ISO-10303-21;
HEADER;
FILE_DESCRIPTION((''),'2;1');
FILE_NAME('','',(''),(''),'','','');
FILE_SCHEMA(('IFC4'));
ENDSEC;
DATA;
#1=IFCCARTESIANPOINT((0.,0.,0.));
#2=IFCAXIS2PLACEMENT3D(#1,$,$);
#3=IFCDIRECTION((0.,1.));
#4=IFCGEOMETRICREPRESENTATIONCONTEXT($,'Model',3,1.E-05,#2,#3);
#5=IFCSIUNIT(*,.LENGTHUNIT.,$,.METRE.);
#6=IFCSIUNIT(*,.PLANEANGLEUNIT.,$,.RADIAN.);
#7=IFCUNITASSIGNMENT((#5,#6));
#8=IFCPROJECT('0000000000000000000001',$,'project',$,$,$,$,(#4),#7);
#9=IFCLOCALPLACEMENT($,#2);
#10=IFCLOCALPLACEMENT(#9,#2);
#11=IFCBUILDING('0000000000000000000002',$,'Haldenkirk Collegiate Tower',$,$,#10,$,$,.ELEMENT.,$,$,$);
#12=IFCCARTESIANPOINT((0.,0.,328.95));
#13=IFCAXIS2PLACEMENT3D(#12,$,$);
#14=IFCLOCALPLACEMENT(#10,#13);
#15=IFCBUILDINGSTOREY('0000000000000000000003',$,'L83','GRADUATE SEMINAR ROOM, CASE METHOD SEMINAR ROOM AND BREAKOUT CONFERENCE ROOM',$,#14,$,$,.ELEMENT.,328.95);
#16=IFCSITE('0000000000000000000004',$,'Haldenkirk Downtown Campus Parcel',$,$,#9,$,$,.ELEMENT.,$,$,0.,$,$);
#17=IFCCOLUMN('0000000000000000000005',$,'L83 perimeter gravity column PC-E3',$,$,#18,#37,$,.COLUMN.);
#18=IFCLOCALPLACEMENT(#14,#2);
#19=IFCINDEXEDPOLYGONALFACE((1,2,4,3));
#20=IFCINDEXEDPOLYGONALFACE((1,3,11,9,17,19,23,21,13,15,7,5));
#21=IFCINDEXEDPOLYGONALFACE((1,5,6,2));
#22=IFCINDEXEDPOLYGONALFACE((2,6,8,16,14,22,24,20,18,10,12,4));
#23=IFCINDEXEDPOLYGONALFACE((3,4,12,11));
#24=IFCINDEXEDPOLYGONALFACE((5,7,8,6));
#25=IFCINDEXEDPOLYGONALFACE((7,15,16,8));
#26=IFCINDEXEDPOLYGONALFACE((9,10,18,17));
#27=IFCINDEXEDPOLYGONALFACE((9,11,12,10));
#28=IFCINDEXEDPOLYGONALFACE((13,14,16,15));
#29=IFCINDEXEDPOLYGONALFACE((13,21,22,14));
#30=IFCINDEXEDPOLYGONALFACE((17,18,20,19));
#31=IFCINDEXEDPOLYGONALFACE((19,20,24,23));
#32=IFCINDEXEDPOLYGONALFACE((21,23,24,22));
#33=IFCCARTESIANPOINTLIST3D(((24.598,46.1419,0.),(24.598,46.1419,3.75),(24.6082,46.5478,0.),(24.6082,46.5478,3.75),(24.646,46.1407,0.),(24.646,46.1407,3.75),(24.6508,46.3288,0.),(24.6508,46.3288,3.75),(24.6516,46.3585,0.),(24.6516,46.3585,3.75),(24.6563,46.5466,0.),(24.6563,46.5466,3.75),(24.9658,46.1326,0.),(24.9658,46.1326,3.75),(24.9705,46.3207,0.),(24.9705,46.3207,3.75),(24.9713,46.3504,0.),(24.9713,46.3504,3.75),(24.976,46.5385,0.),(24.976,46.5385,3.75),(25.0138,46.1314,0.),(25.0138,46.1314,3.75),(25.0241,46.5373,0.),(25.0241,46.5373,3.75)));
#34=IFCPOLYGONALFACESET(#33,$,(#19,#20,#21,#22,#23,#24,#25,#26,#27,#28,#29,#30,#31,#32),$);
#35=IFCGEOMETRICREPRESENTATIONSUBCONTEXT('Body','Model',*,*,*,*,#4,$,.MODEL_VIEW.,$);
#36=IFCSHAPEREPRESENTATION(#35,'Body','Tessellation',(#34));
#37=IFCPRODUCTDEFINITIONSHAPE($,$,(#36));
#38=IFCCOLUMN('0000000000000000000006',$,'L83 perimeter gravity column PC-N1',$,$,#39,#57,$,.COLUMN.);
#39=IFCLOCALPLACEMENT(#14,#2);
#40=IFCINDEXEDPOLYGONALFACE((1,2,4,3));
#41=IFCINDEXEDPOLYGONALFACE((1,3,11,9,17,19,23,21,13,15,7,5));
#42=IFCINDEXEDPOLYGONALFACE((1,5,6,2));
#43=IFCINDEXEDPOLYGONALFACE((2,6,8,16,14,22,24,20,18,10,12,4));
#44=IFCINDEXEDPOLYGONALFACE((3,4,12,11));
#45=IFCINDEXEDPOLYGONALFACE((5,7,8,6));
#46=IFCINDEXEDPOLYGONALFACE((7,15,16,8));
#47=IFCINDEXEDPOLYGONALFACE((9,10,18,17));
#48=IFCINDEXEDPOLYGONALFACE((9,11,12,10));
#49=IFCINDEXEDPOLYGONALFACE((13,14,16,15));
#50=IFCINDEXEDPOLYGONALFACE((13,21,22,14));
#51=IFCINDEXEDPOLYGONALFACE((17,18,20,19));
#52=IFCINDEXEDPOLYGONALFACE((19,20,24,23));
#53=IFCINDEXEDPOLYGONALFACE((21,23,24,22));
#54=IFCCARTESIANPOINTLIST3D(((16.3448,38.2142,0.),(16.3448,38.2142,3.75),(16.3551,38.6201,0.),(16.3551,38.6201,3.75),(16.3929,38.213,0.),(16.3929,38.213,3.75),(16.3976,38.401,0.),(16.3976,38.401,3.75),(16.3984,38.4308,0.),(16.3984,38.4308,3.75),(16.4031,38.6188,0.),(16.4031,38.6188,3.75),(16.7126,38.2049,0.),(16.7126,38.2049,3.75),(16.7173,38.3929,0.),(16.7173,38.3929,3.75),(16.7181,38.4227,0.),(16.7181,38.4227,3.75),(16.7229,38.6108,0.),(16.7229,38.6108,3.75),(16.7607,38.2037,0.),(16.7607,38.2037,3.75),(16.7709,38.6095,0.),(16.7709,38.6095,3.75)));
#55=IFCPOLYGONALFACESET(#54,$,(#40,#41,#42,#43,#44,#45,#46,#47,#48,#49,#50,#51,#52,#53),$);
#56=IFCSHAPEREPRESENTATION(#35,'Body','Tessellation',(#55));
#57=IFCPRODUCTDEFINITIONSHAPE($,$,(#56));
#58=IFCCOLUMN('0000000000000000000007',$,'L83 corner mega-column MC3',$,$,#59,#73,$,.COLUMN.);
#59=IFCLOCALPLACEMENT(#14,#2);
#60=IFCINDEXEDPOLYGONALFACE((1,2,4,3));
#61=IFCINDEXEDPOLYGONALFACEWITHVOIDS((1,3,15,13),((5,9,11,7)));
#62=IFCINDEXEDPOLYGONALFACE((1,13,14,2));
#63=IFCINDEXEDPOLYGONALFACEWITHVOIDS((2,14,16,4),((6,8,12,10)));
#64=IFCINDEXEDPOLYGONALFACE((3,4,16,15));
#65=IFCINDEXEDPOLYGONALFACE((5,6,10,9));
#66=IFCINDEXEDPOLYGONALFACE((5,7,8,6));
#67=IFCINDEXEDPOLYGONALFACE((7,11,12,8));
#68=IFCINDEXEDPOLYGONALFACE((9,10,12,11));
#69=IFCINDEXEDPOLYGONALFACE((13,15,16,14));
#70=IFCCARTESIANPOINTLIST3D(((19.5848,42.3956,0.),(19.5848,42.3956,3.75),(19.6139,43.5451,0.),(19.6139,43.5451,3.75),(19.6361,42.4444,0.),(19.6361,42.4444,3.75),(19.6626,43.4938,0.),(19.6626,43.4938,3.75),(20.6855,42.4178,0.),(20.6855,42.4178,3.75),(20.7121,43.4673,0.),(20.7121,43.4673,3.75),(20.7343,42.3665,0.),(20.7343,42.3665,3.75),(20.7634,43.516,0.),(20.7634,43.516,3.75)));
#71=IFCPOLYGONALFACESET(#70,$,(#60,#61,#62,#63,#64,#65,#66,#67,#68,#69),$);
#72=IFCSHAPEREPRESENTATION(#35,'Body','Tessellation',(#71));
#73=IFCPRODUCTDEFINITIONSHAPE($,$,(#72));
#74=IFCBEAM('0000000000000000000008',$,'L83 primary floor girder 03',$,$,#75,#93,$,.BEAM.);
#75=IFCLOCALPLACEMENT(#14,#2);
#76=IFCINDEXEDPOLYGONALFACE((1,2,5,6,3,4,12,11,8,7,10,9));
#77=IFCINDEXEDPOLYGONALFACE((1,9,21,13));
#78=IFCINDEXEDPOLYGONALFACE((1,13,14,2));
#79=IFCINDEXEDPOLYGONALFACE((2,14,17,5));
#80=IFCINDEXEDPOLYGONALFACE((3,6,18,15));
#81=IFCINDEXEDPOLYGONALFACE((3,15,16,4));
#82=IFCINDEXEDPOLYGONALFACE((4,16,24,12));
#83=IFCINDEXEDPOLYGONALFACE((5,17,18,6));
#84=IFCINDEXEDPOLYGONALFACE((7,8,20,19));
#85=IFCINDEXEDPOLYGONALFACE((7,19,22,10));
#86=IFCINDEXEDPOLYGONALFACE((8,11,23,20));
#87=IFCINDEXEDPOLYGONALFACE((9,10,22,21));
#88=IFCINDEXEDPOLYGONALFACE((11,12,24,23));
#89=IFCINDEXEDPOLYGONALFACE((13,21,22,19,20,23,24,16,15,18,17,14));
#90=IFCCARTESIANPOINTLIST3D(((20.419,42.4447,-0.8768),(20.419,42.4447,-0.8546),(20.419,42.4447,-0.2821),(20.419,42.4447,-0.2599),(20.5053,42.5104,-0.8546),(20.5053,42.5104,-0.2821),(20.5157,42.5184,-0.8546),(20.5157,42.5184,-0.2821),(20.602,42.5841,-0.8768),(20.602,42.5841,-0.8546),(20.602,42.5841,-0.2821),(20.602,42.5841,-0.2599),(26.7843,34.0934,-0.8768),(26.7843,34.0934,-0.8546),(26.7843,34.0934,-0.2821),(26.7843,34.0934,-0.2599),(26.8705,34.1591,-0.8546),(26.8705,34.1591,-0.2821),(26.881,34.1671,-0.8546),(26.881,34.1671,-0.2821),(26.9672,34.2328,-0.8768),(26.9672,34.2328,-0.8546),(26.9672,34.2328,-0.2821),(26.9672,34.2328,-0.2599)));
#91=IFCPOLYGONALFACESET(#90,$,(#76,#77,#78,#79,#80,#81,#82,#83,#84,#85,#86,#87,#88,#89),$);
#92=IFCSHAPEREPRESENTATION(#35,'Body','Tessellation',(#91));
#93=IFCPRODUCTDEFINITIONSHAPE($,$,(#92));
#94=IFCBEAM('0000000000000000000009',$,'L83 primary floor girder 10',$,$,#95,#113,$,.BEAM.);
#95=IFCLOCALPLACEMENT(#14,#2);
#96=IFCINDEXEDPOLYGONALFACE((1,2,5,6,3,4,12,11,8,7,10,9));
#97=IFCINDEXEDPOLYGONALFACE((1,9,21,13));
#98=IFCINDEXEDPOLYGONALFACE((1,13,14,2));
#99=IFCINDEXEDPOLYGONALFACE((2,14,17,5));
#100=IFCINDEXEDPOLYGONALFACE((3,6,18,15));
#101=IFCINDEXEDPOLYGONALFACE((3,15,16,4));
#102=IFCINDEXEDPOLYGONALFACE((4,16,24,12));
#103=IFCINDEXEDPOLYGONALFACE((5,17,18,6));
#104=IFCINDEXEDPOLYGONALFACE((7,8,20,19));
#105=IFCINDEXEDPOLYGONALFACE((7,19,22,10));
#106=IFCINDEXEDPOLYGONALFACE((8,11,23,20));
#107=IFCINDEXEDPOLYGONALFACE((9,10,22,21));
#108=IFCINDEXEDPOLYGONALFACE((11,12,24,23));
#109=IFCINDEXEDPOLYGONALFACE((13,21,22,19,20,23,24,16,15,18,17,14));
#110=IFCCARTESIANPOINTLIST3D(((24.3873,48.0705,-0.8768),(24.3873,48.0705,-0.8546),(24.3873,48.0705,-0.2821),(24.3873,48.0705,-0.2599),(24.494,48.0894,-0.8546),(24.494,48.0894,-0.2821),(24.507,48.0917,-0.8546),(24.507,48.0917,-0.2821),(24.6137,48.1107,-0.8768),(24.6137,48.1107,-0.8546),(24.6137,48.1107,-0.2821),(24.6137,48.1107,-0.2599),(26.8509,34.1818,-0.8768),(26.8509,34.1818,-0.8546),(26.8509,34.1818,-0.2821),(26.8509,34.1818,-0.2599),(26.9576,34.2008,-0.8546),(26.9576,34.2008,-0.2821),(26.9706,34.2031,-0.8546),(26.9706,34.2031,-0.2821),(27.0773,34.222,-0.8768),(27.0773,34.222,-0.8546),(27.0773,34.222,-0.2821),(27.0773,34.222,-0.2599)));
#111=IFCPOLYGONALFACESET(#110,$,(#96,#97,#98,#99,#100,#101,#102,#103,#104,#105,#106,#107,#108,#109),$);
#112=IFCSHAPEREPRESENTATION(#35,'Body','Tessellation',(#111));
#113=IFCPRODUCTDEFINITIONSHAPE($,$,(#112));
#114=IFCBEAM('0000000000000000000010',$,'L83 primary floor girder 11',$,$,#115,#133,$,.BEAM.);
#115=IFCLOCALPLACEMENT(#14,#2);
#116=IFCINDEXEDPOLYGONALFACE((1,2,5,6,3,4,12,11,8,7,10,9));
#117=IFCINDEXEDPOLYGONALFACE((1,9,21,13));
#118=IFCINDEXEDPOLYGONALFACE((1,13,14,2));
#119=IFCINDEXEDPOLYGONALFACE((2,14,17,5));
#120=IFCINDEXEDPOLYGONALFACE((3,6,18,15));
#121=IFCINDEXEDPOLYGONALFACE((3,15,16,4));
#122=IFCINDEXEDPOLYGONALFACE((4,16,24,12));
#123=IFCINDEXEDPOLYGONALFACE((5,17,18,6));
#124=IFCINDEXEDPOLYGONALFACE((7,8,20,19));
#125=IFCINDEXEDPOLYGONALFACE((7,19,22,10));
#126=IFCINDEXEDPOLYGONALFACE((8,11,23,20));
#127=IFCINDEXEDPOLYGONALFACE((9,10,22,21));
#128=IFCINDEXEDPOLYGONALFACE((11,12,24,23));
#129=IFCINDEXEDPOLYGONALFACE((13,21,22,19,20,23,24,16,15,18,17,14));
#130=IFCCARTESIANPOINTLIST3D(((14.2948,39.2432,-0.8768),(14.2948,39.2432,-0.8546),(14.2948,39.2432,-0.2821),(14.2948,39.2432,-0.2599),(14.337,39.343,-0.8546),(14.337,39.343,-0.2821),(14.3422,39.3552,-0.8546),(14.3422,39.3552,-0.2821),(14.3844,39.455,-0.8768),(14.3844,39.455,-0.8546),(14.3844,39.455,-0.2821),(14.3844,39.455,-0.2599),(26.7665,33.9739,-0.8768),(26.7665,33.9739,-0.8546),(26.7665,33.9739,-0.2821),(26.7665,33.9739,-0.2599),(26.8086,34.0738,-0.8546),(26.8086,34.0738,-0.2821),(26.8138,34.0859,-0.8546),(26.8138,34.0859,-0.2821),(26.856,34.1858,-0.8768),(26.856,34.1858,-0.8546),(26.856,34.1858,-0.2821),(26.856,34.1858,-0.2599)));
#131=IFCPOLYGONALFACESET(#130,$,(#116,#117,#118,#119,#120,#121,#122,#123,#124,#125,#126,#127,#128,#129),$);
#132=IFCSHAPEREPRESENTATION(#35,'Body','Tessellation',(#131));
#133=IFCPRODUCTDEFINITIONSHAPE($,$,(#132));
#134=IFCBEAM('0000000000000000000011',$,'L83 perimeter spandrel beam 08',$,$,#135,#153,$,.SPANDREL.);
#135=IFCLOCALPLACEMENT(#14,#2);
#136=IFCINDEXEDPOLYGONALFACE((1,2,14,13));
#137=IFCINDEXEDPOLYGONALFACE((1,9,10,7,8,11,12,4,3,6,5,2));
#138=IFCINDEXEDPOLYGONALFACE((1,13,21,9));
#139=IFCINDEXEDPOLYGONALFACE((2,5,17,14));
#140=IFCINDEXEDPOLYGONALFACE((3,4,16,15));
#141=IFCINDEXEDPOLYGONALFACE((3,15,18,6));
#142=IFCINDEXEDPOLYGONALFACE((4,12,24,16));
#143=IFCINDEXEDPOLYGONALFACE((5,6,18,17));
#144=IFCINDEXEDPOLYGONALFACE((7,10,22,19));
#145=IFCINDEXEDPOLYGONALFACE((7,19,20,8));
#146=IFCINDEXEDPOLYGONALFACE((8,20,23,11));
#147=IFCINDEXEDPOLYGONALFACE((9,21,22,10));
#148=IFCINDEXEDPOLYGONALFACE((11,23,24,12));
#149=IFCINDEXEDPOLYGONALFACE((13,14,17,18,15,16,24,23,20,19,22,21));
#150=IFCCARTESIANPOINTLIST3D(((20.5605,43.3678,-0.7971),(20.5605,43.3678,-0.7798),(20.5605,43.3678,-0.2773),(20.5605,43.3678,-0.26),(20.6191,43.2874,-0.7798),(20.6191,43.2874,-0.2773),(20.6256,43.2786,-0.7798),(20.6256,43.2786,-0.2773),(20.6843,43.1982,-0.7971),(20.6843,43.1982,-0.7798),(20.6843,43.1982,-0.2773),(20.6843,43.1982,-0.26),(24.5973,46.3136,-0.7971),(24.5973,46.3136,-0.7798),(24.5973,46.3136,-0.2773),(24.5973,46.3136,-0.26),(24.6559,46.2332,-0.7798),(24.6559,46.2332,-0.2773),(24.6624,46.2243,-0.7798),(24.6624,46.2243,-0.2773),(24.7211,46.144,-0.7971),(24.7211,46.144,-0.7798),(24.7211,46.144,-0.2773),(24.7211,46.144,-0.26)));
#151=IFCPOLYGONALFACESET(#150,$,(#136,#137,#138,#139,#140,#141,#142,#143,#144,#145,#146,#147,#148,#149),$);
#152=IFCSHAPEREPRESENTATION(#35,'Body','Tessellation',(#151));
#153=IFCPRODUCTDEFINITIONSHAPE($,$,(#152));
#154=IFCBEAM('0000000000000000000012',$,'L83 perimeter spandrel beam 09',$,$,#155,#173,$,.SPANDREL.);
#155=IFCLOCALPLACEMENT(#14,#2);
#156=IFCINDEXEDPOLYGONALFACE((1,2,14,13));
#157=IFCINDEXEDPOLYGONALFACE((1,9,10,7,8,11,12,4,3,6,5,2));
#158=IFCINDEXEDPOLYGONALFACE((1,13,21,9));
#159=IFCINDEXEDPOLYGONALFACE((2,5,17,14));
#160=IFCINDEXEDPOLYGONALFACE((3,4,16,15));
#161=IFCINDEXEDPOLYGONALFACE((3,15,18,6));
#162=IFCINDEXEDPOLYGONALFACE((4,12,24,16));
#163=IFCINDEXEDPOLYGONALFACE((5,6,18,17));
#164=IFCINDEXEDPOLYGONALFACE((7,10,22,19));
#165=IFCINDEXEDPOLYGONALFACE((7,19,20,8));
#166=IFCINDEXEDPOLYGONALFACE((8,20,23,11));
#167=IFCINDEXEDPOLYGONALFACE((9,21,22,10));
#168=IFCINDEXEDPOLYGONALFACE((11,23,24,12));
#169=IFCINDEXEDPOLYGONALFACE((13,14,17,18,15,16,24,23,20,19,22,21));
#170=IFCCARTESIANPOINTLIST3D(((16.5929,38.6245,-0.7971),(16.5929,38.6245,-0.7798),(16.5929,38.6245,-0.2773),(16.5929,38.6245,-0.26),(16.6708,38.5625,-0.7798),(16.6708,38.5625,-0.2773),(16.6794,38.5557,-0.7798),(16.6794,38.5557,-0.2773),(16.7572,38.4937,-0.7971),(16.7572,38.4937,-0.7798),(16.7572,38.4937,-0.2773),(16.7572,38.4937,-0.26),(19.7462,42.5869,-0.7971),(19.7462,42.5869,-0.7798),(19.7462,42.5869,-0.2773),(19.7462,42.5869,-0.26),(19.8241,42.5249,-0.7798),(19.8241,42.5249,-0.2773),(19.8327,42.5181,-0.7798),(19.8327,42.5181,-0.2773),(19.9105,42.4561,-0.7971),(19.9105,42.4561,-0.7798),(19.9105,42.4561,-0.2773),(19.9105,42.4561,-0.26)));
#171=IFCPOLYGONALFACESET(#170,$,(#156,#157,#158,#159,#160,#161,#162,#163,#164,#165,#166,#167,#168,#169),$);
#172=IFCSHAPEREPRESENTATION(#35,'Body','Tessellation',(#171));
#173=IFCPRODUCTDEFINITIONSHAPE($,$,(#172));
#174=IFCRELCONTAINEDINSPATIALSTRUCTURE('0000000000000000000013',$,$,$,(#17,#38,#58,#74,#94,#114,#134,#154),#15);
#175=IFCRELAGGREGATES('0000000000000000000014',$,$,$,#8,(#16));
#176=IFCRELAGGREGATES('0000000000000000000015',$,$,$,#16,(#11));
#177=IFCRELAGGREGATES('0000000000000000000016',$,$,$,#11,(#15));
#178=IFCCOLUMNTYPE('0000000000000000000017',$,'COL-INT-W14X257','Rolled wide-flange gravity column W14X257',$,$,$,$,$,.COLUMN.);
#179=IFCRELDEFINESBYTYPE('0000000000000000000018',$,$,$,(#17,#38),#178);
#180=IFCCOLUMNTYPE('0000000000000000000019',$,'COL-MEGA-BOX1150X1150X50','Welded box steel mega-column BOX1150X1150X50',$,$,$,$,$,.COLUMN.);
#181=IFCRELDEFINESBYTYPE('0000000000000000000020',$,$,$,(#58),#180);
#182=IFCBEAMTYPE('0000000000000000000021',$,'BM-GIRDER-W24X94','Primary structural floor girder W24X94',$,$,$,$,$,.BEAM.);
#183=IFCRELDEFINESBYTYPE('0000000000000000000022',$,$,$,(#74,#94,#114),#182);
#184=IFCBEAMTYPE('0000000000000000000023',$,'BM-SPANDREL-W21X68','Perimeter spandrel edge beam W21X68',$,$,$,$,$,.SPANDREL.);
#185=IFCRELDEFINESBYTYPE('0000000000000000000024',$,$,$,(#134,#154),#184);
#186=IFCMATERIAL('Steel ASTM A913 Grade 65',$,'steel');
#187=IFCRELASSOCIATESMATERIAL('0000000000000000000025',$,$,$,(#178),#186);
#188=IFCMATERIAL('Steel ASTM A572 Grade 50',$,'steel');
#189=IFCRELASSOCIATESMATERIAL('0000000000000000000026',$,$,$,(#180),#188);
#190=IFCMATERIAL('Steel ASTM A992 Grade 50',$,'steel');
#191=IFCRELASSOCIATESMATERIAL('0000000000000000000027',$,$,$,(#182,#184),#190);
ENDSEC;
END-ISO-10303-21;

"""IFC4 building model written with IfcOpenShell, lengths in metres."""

from ifc_helpers import new_model, si_unit, direction, frame, origin, origin_2d, place, context, subcontext, project, spatial, hollow_rectangle, i_section, extrude, material, material_profile, profile_set, type_object, element, save


model = new_model("IFC4")

# Units and contexts
model_context = context("Model", 3, precision=1e-05, world=origin(), true_north=direction((0.0, 1.0)))
body_context = subcontext(model_context, "Body", "Model", "MODEL_VIEW")
ifc_project = project(units=[si_unit("LENGTHUNIT", "METRE"), si_unit("PLANEANGLEUNIT", "RADIAN")], contexts=[model_context])

# Site, building, storey
site_placement = place(None, origin())
site = spatial("IfcSite", under=ifc_project, at=site_placement, Name="Haldenkirk Downtown Campus Parcel", CompositionType="ELEMENT", RefElevation=0.0)
building_placement = place(site_placement, origin())
building = spatial("IfcBuilding", under=site, at=building_placement, Name="Haldenkirk Collegiate Tower", CompositionType="ELEMENT")
storey_placement = place(building_placement, frame((0.0, 0.0, 328.95)))
storey = spatial("IfcBuildingStorey", under=building, at=storey_placement, Name="L83", Description="GRADUATE SEMINAR ROOM, CASE METHOD SEMINAR ROOM AND BREAKOUT CONFERENCE ROOM", CompositionType="ELEMENT", Elevation=328.95)

# Columns
ifc_material_1 = material(Name="Steel ASTM A913 Grade 65", Category="steel")
ifc_material_profile_1 = material_profile(ifc_material_1, i_section(OverallWidth=0.406, OverallDepth=0.416, WebThickness=0.0298, FlangeThickness=0.0481, at=origin_2d()), Name="W14X257")
ifc_profile_set_1 = profile_set([ifc_material_profile_1], Name="Steel ASTM A913 Grade 65")
column_type_1 = type_object("IfcColumnType", Name="COL-INT-W14X257", Description="Rolled wide-flange gravity column W14X257", PredefinedType="COLUMN", material=ifc_profile_set_1)
for number, where, z_axis, x_axis, name in (
    (1, (24.811, 46.3396, 0.0), (0.0, 0.0, 1.0), (0.025305, 0.99968, 0.0), "L83 perimeter gravity column PC-E3"),
    (2, (16.5579, 38.4119, 0.0), (0.0, 0.0, 1.0), (0.025305, 0.99968, 0.0), "L83 perimeter gravity column PC-N1"),
):
    element("IfcColumn", number, at=place(storey_placement, frame(where, z_axis=z_axis, x_axis=x_axis)), inside=storey, type_object=column_type_1, Name=name, PredefinedType="COLUMN", context=body_context, shape_type="SweptSolid", body=[
        extrude(i_section(OverallWidth=0.406, OverallDepth=0.416, WebThickness=0.0298, FlangeThickness=0.0481, at=origin_2d()), origin(), (0.0, 0.0, 1.0), 3.75),
    ])
ifc_material_2 = material(Name="Steel ASTM A572 Grade 50", Category="steel")
ifc_material_profile_2 = material_profile(ifc_material_2, hollow_rectangle(XDim=1.1499, YDim=1.1499, WallThickness=0.05, at=origin_2d()), Name="BOX1150X1150X50")
ifc_profile_set_2 = profile_set([ifc_material_profile_2], Name="Steel ASTM A572 Grade 50")
column_type_2 = type_object("IfcColumnType", Name="COL-MEGA-BOX1150X1150X50", Description="Welded box steel mega-column BOX1150X1150X50", PredefinedType="COLUMN", material=ifc_profile_set_2)
column_placement = place(storey_placement, frame((20.1741, 42.9558, 0.0), z_axis=(0.0, 0.0, 1.0), x_axis=(0.025305, 0.99968, 0.0)))
element("IfcColumn", 3, at=column_placement, inside=storey, type_object=column_type_2, Name="L83 corner mega-column MC3", PredefinedType="COLUMN", context=body_context, shape_type="SweptSolid", body=[
    extrude(hollow_rectangle(XDim=1.1499, YDim=1.1499, WallThickness=0.05, at=origin_2d()), origin(), (0.0, 0.0, 1.0), 3.75),
])

# Beams
ifc_material_3 = material(Name="Steel ASTM A992 Grade 50", Category="steel")
ifc_material_profile_3 = material_profile(ifc_material_3, i_section(OverallWidth=0.23, OverallDepth=0.6169, WebThickness=0.0132, FlangeThickness=0.0222, at=origin_2d()), Name="W24X94")
ifc_profile_set_3 = profile_set([ifc_material_profile_3], Name="Steel ASTM A992 Grade 50")
beam_type_1 = type_object("IfcBeamType", Name="BM-GIRDER-W24X94", Description="Primary structural floor girder W24X94", PredefinedType="BEAM", material=ifc_profile_set_3)
beam_1_placement = place(storey_placement, frame((20.5105, 42.5144, -0.5684), z_axis=(0.606183, -0.795325, 0.0), x_axis=(0.795325, 0.606183, 0.0)))
element("IfcBeam", 4, at=beam_1_placement, inside=storey, type_object=beam_type_1, Name="L83 primary floor girder 03", PredefinedType="BEAM", context=body_context, shape_type="SweptSolid", body=[
    extrude(i_section(OverallWidth=0.23, OverallDepth=0.6169, WebThickness=0.0132, FlangeThickness=0.0222, at=origin_2d()), origin(), (0.0, 0.0, 1.0), 10.5005),
])
beam_2_placement = place(storey_placement, frame((24.5005, 48.0906, -0.5684), z_axis=(0.174657, -0.984629, 0.0), x_axis=(0.984629, 0.174657, 0.0)))
element("IfcBeam", 5, at=beam_2_placement, inside=storey, type_object=beam_type_1, Name="L83 primary floor girder 10", PredefinedType="BEAM", context=body_context, shape_type="SweptSolid", body=[
    extrude(i_section(OverallWidth=0.23, OverallDepth=0.6169, WebThickness=0.0132, FlangeThickness=0.0222, at=origin_2d()), origin(), (0.0, 0.0, 1.0), 14.1055),
])
beam_3_placement = place(storey_placement, frame((14.3396, 39.3491, -0.5684), z_axis=(0.921158, -0.389189, 0.0), x_axis=(0.389189, 0.921158, 0.0)))
element("IfcBeam", 6, at=beam_3_placement, inside=storey, type_object=beam_type_1, Name="L83 primary floor girder 11", PredefinedType="BEAM", context=body_context, shape_type="SweptSolid", body=[
    extrude(i_section(OverallWidth=0.23, OverallDepth=0.6169, WebThickness=0.0132, FlangeThickness=0.0222, at=origin_2d()), origin(), (0.0, 0.0, 1.0), 13.5391),
])
ifc_material_profile_4 = material_profile(ifc_material_3, i_section(OverallWidth=0.21, OverallDepth=0.5371, WebThickness=0.011, FlangeThickness=0.0173, at=origin_2d()), Name="W21X68")
ifc_profile_set_4 = profile_set([ifc_material_profile_4], Name="Steel ASTM A992 Grade 50")
beam_type_2 = type_object("IfcBeamType", Name="BM-SPANDREL-W21X68", Description="Perimeter spandrel edge beam W21X68", PredefinedType="SPANDREL", material=ifc_profile_set_4)
beam_4_placement = place(storey_placement, frame((24.6592, 46.2288, -0.5286), z_axis=(-0.807793, -0.589466, 0.0), x_axis=(0.589466, -0.807793, 0.0)))
element("IfcBeam", 7, at=beam_4_placement, inside=storey, type_object=beam_type_2, Name="L83 perimeter spandrel beam 08", PredefinedType="SPANDREL", context=body_context, shape_type="SweptSolid", body=[
    extrude(i_section(OverallWidth=0.21, OverallDepth=0.5371, WebThickness=0.011, FlangeThickness=0.0173, at=origin_2d()), origin(), (0.0, 0.0, 1.0), 4.9973),
])
beam_5_placement = place(storey_placement, frame((19.8284, 42.5215, -0.5286), z_axis=(-0.622694, -0.782465, 0.0), x_axis=(0.782465, -0.622694, 0.0)))
element("IfcBeam", 8, at=beam_5_placement, inside=storey, type_object=beam_type_2, Name="L83 perimeter spandrel beam 09", PredefinedType="SPANDREL", context=body_context, shape_type="SweptSolid", body=[
    extrude(i_section(OverallWidth=0.21, OverallDepth=0.5371, WebThickness=0.011, FlangeThickness=0.0173, at=origin_2d()), origin(), (0.0, 0.0, 1.0), 5.064),
])

save(model, "model.ifc")
